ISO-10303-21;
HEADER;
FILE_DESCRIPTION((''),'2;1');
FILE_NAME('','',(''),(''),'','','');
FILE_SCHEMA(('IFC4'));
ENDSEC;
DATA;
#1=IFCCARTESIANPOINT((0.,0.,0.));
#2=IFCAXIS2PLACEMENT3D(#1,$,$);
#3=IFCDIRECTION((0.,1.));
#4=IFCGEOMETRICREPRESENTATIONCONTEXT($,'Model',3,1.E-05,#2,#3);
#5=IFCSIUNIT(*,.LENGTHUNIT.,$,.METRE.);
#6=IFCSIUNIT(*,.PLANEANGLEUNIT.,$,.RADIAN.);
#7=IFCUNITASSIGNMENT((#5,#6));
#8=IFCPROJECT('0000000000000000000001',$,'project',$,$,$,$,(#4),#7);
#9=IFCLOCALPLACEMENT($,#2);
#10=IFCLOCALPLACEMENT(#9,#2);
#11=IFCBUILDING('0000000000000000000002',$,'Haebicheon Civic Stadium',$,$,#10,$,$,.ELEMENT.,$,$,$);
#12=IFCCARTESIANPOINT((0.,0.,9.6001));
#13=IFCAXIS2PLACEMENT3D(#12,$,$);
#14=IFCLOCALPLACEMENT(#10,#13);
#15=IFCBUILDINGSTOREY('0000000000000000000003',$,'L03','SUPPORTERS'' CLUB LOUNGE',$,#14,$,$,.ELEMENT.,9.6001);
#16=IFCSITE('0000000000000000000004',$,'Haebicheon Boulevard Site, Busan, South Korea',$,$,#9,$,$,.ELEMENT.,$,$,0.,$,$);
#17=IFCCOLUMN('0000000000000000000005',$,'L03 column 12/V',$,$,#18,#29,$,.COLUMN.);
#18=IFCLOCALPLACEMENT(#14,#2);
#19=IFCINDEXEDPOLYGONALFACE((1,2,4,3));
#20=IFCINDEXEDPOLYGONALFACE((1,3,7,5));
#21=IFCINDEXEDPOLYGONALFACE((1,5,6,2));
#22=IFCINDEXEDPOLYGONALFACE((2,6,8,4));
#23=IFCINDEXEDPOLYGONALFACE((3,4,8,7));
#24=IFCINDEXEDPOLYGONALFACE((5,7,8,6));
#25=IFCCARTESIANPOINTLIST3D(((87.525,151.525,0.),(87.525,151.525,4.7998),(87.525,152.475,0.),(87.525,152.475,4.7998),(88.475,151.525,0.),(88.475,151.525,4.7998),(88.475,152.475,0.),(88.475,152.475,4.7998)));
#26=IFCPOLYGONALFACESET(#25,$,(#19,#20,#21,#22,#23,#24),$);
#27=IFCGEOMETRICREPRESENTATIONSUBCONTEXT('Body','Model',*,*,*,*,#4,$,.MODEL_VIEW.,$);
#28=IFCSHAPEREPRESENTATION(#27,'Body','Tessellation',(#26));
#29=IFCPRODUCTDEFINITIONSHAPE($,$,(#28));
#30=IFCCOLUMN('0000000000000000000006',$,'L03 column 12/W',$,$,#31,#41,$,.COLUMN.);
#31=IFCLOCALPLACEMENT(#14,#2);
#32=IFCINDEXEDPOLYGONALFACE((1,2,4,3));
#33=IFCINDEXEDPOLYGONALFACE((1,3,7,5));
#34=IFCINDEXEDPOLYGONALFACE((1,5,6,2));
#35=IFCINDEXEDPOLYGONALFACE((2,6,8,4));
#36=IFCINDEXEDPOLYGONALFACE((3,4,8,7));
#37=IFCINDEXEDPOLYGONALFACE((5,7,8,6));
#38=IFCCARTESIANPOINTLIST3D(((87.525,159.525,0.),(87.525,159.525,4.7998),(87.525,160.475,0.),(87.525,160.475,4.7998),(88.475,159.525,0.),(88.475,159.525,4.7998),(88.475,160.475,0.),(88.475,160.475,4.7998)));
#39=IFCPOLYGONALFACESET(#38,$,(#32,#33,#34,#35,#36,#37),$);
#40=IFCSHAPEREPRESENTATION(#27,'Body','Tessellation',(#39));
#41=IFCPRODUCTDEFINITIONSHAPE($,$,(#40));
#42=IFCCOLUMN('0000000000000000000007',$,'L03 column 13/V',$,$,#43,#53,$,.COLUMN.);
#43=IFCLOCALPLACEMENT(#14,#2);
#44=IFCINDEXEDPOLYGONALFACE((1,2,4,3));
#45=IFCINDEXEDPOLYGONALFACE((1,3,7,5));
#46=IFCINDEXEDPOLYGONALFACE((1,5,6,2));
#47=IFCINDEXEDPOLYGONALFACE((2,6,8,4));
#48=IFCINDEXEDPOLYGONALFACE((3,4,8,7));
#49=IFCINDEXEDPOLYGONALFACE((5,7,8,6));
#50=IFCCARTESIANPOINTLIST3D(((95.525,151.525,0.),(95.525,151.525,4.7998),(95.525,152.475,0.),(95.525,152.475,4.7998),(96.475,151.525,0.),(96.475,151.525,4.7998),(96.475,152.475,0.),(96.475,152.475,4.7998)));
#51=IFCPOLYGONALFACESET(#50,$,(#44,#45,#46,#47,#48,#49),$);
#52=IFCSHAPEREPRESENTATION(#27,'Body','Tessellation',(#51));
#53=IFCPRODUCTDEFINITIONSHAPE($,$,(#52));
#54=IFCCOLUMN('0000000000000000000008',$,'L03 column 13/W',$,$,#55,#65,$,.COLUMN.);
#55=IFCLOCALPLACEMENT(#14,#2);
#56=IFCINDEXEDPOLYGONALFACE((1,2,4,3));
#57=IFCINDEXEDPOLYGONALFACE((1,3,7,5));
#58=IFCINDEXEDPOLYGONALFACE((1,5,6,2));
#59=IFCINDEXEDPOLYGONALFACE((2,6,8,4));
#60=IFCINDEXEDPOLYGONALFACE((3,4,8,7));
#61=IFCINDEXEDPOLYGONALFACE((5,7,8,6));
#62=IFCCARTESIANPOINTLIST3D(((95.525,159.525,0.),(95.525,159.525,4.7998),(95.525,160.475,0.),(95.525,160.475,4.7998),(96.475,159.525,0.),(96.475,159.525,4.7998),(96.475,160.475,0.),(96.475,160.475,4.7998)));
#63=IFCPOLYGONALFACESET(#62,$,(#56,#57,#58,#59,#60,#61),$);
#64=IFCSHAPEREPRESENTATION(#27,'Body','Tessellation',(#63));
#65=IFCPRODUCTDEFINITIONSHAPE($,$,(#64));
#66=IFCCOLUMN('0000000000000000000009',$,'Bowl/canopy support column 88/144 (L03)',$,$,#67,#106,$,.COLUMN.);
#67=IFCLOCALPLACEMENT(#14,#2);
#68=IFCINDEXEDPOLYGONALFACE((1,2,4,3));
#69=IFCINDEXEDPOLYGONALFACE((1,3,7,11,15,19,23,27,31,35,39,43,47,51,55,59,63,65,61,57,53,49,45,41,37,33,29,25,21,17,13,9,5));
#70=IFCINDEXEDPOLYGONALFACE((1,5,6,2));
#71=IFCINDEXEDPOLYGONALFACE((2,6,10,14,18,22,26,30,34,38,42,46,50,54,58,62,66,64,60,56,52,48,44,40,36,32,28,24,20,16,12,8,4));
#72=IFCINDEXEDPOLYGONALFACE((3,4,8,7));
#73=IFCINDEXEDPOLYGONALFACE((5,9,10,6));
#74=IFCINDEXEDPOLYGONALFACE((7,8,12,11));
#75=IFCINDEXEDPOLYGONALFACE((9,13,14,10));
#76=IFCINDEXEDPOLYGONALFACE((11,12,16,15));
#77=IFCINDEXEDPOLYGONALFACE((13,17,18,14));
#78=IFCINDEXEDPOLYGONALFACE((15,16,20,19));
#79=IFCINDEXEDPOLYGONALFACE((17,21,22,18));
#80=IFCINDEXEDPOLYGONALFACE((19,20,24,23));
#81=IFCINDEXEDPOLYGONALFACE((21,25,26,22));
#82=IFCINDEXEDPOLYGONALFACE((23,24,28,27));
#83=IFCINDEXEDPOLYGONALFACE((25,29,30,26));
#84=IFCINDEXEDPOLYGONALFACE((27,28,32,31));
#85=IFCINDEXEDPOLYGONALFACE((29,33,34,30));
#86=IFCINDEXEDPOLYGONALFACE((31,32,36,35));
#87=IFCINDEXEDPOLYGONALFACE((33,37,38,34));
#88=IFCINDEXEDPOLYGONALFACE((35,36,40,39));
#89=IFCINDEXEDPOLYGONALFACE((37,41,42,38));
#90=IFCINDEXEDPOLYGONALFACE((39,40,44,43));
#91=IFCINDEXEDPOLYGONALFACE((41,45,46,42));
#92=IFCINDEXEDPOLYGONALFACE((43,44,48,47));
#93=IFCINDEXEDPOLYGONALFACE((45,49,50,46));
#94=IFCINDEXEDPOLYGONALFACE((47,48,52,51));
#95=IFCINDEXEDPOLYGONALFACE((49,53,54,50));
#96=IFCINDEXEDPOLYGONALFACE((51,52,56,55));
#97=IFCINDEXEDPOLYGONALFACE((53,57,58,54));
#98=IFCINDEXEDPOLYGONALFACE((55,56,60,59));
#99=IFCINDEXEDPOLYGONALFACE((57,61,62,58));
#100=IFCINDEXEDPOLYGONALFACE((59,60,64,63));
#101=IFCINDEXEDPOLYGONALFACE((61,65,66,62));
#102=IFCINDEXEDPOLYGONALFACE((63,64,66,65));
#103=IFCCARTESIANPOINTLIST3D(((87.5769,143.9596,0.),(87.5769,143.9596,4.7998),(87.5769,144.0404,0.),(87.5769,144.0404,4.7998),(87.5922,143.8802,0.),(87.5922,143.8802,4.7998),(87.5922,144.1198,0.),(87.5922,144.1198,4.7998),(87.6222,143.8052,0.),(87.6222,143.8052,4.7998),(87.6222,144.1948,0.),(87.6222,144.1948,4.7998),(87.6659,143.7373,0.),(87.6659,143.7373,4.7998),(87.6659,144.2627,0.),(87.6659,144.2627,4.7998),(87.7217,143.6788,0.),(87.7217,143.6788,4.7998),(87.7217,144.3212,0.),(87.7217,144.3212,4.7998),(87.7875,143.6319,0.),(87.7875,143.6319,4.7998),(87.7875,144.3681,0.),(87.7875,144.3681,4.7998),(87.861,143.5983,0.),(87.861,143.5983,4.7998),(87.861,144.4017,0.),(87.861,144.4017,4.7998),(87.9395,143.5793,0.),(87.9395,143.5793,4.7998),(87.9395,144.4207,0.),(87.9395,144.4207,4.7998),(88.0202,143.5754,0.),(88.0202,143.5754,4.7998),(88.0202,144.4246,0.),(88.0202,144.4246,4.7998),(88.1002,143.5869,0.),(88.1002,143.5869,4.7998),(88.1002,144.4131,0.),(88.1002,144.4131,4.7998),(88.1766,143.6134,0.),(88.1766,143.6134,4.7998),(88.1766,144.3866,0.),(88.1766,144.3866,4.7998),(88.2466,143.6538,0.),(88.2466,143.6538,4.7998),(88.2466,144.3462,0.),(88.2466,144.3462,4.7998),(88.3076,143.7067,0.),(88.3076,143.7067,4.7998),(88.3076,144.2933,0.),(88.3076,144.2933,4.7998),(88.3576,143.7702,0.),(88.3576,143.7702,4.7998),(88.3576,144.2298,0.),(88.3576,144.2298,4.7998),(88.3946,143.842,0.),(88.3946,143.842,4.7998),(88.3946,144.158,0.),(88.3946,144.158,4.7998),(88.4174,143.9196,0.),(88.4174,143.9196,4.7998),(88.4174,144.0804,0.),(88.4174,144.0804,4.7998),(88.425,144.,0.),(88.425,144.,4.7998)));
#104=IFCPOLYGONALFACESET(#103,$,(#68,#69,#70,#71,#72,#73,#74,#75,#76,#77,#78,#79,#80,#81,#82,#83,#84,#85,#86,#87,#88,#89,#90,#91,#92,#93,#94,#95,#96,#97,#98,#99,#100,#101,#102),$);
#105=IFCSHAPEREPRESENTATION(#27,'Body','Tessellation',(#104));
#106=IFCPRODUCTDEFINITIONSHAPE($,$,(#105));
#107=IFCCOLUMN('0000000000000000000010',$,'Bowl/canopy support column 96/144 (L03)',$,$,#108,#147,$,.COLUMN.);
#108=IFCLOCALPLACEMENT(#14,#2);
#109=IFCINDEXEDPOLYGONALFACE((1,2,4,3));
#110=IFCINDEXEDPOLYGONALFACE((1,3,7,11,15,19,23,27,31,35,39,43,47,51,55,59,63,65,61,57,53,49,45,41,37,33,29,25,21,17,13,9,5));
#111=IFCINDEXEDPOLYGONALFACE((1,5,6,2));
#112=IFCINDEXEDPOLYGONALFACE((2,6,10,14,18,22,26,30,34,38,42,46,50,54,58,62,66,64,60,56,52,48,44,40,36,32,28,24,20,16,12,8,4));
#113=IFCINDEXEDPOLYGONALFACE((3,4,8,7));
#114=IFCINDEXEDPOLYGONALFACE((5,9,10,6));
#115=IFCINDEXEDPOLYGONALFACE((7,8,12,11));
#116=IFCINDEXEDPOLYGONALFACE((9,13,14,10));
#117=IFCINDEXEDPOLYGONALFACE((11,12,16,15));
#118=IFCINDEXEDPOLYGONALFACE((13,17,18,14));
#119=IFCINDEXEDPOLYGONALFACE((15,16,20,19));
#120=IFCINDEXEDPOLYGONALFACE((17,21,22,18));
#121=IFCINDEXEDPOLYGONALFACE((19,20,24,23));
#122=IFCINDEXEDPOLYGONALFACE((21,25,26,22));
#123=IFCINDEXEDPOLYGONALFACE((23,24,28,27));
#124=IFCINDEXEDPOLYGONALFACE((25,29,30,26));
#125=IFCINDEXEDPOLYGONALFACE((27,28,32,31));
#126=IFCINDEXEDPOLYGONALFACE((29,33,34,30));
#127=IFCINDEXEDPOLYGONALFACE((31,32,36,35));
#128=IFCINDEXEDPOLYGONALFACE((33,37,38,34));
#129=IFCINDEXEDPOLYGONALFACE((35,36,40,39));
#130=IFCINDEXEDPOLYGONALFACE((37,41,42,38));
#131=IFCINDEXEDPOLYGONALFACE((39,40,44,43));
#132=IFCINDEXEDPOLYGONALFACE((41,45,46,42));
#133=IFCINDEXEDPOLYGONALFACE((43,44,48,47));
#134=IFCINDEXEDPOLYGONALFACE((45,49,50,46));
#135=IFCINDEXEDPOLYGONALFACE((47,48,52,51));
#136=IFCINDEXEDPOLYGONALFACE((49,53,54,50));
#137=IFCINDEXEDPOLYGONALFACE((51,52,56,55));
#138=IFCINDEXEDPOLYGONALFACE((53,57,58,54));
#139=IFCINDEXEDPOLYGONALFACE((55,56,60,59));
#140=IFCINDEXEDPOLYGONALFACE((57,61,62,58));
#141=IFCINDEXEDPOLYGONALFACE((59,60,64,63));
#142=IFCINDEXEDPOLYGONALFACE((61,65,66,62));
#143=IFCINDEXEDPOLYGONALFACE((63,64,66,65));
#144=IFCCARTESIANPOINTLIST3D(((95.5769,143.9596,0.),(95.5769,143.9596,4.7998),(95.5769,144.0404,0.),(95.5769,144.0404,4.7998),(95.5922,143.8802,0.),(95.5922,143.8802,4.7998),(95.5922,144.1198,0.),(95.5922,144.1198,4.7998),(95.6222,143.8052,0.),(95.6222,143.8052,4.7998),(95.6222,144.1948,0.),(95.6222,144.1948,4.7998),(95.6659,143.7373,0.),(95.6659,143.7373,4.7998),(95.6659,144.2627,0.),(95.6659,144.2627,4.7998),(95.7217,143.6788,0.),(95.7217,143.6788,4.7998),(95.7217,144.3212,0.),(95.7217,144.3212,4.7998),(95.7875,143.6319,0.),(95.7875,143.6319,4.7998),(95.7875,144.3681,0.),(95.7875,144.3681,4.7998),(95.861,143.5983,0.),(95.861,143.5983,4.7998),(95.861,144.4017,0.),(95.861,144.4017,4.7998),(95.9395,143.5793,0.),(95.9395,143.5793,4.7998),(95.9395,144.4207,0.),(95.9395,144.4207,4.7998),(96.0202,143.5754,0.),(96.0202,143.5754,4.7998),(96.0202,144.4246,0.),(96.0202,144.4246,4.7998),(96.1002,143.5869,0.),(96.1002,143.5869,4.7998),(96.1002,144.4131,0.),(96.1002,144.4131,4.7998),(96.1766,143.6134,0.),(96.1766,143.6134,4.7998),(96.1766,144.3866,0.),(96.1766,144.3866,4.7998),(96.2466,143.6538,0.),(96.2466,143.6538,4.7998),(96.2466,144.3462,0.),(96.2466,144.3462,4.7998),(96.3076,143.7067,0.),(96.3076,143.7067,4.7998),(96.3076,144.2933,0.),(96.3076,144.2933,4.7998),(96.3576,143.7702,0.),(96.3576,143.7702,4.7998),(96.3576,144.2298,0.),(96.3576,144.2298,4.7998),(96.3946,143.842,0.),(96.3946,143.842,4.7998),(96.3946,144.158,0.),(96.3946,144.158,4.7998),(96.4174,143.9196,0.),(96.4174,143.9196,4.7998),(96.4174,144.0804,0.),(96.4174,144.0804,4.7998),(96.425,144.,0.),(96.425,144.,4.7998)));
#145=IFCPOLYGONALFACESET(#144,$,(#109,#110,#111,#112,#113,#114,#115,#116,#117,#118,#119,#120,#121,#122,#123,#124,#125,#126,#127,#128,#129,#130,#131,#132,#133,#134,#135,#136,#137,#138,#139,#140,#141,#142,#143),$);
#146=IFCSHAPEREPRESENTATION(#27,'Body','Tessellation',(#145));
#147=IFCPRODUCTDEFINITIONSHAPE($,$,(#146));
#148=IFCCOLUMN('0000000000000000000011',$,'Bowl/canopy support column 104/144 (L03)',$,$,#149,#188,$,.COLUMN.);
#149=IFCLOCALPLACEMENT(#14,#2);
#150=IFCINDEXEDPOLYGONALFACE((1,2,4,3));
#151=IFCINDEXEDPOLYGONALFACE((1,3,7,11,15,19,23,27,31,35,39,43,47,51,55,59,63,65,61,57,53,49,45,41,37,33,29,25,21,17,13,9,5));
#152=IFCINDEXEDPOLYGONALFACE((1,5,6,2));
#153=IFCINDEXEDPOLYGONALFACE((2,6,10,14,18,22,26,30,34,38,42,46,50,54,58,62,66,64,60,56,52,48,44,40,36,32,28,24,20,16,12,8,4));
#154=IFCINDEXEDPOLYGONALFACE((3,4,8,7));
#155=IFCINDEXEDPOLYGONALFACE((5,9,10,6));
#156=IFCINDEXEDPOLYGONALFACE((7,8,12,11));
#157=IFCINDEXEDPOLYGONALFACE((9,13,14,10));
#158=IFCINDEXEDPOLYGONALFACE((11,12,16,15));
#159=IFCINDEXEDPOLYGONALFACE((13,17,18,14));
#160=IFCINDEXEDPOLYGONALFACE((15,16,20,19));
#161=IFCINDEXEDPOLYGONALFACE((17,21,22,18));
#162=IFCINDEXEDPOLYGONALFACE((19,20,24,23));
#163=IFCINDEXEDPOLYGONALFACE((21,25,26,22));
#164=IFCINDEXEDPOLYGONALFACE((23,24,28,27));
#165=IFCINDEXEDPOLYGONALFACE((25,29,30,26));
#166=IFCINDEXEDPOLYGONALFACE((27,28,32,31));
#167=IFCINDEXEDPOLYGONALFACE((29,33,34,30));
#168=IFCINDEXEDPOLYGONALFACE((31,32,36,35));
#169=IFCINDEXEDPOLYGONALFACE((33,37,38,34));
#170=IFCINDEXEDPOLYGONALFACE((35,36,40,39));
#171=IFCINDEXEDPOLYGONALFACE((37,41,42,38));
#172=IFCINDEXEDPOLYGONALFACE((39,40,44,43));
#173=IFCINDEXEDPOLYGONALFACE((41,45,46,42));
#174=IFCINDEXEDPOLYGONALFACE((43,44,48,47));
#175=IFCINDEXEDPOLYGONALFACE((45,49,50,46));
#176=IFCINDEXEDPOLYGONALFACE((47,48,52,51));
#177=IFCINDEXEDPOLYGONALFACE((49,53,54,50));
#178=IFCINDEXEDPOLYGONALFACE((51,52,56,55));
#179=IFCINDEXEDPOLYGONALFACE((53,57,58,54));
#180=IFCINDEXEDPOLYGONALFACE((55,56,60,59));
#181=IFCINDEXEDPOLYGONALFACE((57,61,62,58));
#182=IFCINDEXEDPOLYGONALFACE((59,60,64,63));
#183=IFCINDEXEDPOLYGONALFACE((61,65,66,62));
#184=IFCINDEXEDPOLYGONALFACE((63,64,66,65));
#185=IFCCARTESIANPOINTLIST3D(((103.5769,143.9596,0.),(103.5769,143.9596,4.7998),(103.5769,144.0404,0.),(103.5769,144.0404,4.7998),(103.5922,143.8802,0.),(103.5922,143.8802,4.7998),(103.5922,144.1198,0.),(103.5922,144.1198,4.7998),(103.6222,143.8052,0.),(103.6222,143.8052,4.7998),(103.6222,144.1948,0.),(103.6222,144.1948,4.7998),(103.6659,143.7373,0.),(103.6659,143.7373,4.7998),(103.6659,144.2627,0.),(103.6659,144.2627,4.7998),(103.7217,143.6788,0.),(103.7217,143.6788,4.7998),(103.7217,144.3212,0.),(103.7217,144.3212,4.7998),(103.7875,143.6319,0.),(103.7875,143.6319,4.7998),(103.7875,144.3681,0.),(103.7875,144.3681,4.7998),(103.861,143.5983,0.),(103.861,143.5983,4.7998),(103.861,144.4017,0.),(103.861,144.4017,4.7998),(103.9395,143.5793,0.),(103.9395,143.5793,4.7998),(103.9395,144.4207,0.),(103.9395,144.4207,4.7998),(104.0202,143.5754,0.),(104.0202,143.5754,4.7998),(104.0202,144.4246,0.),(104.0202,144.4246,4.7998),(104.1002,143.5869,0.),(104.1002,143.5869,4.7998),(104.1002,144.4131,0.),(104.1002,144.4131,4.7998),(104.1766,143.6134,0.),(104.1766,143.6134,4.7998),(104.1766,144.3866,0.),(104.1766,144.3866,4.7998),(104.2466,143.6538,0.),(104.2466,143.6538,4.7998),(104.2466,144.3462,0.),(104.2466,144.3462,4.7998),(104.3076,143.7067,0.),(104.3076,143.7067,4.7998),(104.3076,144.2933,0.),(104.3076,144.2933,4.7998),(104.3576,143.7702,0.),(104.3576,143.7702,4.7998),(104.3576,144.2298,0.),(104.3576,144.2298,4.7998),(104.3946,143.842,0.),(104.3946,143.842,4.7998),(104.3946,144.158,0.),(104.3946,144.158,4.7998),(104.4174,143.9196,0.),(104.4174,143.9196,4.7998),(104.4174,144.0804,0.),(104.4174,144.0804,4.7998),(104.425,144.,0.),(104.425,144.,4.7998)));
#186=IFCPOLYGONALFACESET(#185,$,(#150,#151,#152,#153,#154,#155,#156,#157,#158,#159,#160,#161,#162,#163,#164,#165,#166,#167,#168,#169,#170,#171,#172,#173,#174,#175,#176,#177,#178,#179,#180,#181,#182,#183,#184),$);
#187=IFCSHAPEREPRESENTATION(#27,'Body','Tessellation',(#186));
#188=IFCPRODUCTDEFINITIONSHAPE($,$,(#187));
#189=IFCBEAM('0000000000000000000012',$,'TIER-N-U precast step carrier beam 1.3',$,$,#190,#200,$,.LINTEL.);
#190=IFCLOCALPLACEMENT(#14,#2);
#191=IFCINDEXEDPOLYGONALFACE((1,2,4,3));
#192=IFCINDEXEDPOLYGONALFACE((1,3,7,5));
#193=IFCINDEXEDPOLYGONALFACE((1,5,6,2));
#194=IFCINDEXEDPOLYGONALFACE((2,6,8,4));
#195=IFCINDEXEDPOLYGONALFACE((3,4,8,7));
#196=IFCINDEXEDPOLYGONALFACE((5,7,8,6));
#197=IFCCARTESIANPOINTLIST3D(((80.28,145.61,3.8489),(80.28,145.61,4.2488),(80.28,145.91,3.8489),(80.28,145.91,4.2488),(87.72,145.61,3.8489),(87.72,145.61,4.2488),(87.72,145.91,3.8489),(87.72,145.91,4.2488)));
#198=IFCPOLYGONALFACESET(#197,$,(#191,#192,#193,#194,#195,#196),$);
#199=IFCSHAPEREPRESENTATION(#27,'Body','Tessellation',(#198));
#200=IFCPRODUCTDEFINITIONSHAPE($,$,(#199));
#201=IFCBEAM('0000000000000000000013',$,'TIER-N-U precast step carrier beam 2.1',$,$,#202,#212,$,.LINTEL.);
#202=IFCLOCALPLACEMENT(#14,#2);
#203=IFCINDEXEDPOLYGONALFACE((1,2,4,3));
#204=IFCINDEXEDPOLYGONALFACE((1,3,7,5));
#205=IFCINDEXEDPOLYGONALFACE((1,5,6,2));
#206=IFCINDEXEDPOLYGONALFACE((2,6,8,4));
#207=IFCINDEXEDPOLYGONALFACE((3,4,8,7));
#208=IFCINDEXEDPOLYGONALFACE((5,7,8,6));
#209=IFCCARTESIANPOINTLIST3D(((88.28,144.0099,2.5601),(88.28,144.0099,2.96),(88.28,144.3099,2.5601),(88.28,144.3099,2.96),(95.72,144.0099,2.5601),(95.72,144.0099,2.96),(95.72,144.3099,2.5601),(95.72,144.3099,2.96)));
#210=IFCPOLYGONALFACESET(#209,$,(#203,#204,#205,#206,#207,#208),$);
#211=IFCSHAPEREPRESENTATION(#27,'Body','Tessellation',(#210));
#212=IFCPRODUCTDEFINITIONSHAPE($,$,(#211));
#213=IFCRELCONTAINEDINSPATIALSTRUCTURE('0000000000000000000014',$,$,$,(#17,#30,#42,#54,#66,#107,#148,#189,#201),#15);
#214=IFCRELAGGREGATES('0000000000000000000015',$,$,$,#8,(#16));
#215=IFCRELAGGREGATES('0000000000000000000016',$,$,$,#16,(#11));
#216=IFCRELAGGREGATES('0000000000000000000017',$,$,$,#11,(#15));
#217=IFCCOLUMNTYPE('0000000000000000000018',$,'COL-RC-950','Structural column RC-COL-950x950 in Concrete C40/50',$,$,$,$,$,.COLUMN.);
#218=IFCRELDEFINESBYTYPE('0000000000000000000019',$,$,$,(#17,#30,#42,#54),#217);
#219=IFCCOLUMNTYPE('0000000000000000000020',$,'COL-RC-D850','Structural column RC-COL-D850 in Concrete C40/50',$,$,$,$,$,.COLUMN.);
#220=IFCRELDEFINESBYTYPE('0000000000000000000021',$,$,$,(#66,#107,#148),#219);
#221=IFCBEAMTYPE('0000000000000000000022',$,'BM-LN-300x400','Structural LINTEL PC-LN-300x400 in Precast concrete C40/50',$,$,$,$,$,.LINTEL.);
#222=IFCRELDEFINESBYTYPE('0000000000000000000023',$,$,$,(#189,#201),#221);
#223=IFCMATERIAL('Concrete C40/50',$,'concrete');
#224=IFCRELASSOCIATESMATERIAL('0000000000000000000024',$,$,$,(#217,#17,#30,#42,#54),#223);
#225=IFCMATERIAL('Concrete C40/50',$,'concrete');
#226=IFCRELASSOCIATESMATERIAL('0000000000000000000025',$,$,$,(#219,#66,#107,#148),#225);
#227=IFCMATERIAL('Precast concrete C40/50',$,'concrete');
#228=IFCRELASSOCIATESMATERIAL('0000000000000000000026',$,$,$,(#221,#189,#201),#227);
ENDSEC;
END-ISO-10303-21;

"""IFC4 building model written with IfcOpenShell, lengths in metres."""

from ifc_helpers import new_model, si_unit, direction, frame, origin, origin_2d, place, context, subcontext, project, spatial, rectangle, circle, extrude, material, material_profile, profile_set, type_object, element, save


model = new_model("IFC4")

# Units and contexts
model_context = context("Model", 3, precision=1e-05, world=origin(), true_north=direction((0.0, 1.0)))
body_context = subcontext(model_context, "Body", "Model", "MODEL_VIEW")
ifc_project = project(units=[si_unit("LENGTHUNIT", "METRE"), si_unit("PLANEANGLEUNIT", "RADIAN")], contexts=[model_context])

# Site, building, storey
site_placement = place(None, origin())
site = spatial("IfcSite", under=ifc_project, at=site_placement, Name="Haebicheon Boulevard Site, Busan, South Korea", CompositionType="ELEMENT", RefElevation=0.0)
building_placement = place(site_placement, origin())
building = spatial("IfcBuilding", under=site, at=building_placement, Name="Haebicheon Civic Stadium", CompositionType="ELEMENT")
storey_placement = place(building_placement, frame((0.0, 0.0, 9.6001)))
storey = spatial("IfcBuildingStorey", under=building, at=storey_placement, Name="L03", Description="SUPPORTERS' CLUB LOUNGE", CompositionType="ELEMENT", Elevation=9.6001)

# Columns
ifc_material_1 = material(Name="Concrete C40/50", Category="concrete")
ifc_material_profile_1 = material_profile(ifc_material_1, rectangle(XDim=0.95, YDim=0.95, at=origin_2d()), Name="RC-COL-950x950")
ifc_profile_set_1 = profile_set([ifc_material_profile_1], Name="Concrete C40/50")
column_type_1 = type_object("IfcColumnType", Name="COL-RC-950", Description="Structural column RC-COL-950x950 in Concrete C40/50", PredefinedType="COLUMN", material=ifc_profile_set_1)
for number, where, z_axis, x_axis, name in (
    (1, (88.0, 152.0, 0.0), (0.0, 0.0, 1.0), (1.0, 0.0, 0.0), "L03 column 12/V"),
    (2, (88.0, 160.0, 0.0), (0.0, 0.0, 1.0), (1.0, 0.0, 0.0), "L03 column 12/W"),
    (3, (96.0, 152.0, 0.0), (0.0, 0.0, 1.0), (1.0, 0.0, 0.0), "L03 column 13/V"),
    (4, (96.0, 160.0, 0.0), (0.0, 0.0, 1.0), (1.0, 0.0, 0.0), "L03 column 13/W"),
):
    element("IfcColumn", number, at=place(storey_placement, frame(where, z_axis=z_axis, x_axis=x_axis)), inside=storey, type_object=column_type_1, material=ifc_profile_set_1, Name=name, PredefinedType="COLUMN", context=body_context, shape_type="SweptSolid", body=[
        extrude(rectangle(XDim=0.95, YDim=0.95, at=origin_2d()), origin(), (0.0, 0.0, 1.0), 4.7998),
    ])
ifc_material_2 = material(Name="Concrete C40/50", Category="concrete")
ifc_material_profile_2 = material_profile(ifc_material_2, circle(Radius=0.425, at=origin_2d()), Name="RC-COL-D850")
ifc_profile_set_2 = profile_set([ifc_material_profile_2], Name="Concrete C40/50")
column_type_2 = type_object("IfcColumnType", Name="COL-RC-D850", Description="Structural column RC-COL-D850 in Concrete C40/50", PredefinedType="COLUMN", material=ifc_profile_set_2)
for number, where, z_axis, x_axis, name in (
    (5, (88.0, 144.0, 0.0), (0.0, 0.0, 1.0), (1.0, 0.0, 0.0), "Bowl/canopy support column 88/144 (L03)"),
    (6, (96.0, 144.0, 0.0), (0.0, 0.0, 1.0), (1.0, 0.0, 0.0), "Bowl/canopy support column 96/144 (L03)"),
    (7, (104.0, 144.0, 0.0), (0.0, 0.0, 1.0), (1.0, 0.0, 0.0), "Bowl/canopy support column 104/144 (L03)"),
):
    element("IfcColumn", number, at=place(storey_placement, frame(where, z_axis=z_axis, x_axis=x_axis)), inside=storey, type_object=column_type_2, material=ifc_profile_set_2, Name=name, PredefinedType="COLUMN", context=body_context, shape_type="SweptSolid", body=[
        extrude(circle(Radius=0.425, at=origin_2d()), origin(), (0.0, 0.0, 1.0), 4.7998),
    ])

# Beams
ifc_material_3 = material(Name="Precast concrete C40/50", Category="concrete")
ifc_material_profile_3 = material_profile(ifc_material_3, rectangle(XDim=0.3, YDim=0.3999, at=origin_2d()), Name="PC-LN-300x400")
ifc_profile_set_3 = profile_set([ifc_material_profile_3], Name="Precast concrete C40/50")
beam_type_1 = type_object("IfcBeamType", Name="BM-LN-300x400", Description="Structural LINTEL PC-LN-300x400 in Precast concrete C40/50", PredefinedType="LINTEL", material=ifc_profile_set_3)
for number, where, z_axis, x_axis, name in (
    (8, (80.28, 145.76, 4.0488), (1.0, 0.0, 0.0), (0.0, 1.0, 0.0), "TIER-N-U precast step carrier beam 1.3"),
    (9, (88.28, 144.1599, 2.76), (1.0, 0.0, 0.0), (0.0, 1.0, 0.0), "TIER-N-U precast step carrier beam 2.1"),
):
    element("IfcBeam", number, at=place(storey_placement, frame(where, z_axis=z_axis, x_axis=x_axis)), inside=storey, type_object=beam_type_1, material=ifc_profile_set_3, Name=name, PredefinedType="LINTEL", context=body_context, shape_type="SweptSolid", body=[
        extrude(rectangle(XDim=0.3, YDim=0.3999, at=origin_2d()), origin(), (0.0, 0.0, 1.0), 7.4399),
    ])

save(model, "model.ifc")
